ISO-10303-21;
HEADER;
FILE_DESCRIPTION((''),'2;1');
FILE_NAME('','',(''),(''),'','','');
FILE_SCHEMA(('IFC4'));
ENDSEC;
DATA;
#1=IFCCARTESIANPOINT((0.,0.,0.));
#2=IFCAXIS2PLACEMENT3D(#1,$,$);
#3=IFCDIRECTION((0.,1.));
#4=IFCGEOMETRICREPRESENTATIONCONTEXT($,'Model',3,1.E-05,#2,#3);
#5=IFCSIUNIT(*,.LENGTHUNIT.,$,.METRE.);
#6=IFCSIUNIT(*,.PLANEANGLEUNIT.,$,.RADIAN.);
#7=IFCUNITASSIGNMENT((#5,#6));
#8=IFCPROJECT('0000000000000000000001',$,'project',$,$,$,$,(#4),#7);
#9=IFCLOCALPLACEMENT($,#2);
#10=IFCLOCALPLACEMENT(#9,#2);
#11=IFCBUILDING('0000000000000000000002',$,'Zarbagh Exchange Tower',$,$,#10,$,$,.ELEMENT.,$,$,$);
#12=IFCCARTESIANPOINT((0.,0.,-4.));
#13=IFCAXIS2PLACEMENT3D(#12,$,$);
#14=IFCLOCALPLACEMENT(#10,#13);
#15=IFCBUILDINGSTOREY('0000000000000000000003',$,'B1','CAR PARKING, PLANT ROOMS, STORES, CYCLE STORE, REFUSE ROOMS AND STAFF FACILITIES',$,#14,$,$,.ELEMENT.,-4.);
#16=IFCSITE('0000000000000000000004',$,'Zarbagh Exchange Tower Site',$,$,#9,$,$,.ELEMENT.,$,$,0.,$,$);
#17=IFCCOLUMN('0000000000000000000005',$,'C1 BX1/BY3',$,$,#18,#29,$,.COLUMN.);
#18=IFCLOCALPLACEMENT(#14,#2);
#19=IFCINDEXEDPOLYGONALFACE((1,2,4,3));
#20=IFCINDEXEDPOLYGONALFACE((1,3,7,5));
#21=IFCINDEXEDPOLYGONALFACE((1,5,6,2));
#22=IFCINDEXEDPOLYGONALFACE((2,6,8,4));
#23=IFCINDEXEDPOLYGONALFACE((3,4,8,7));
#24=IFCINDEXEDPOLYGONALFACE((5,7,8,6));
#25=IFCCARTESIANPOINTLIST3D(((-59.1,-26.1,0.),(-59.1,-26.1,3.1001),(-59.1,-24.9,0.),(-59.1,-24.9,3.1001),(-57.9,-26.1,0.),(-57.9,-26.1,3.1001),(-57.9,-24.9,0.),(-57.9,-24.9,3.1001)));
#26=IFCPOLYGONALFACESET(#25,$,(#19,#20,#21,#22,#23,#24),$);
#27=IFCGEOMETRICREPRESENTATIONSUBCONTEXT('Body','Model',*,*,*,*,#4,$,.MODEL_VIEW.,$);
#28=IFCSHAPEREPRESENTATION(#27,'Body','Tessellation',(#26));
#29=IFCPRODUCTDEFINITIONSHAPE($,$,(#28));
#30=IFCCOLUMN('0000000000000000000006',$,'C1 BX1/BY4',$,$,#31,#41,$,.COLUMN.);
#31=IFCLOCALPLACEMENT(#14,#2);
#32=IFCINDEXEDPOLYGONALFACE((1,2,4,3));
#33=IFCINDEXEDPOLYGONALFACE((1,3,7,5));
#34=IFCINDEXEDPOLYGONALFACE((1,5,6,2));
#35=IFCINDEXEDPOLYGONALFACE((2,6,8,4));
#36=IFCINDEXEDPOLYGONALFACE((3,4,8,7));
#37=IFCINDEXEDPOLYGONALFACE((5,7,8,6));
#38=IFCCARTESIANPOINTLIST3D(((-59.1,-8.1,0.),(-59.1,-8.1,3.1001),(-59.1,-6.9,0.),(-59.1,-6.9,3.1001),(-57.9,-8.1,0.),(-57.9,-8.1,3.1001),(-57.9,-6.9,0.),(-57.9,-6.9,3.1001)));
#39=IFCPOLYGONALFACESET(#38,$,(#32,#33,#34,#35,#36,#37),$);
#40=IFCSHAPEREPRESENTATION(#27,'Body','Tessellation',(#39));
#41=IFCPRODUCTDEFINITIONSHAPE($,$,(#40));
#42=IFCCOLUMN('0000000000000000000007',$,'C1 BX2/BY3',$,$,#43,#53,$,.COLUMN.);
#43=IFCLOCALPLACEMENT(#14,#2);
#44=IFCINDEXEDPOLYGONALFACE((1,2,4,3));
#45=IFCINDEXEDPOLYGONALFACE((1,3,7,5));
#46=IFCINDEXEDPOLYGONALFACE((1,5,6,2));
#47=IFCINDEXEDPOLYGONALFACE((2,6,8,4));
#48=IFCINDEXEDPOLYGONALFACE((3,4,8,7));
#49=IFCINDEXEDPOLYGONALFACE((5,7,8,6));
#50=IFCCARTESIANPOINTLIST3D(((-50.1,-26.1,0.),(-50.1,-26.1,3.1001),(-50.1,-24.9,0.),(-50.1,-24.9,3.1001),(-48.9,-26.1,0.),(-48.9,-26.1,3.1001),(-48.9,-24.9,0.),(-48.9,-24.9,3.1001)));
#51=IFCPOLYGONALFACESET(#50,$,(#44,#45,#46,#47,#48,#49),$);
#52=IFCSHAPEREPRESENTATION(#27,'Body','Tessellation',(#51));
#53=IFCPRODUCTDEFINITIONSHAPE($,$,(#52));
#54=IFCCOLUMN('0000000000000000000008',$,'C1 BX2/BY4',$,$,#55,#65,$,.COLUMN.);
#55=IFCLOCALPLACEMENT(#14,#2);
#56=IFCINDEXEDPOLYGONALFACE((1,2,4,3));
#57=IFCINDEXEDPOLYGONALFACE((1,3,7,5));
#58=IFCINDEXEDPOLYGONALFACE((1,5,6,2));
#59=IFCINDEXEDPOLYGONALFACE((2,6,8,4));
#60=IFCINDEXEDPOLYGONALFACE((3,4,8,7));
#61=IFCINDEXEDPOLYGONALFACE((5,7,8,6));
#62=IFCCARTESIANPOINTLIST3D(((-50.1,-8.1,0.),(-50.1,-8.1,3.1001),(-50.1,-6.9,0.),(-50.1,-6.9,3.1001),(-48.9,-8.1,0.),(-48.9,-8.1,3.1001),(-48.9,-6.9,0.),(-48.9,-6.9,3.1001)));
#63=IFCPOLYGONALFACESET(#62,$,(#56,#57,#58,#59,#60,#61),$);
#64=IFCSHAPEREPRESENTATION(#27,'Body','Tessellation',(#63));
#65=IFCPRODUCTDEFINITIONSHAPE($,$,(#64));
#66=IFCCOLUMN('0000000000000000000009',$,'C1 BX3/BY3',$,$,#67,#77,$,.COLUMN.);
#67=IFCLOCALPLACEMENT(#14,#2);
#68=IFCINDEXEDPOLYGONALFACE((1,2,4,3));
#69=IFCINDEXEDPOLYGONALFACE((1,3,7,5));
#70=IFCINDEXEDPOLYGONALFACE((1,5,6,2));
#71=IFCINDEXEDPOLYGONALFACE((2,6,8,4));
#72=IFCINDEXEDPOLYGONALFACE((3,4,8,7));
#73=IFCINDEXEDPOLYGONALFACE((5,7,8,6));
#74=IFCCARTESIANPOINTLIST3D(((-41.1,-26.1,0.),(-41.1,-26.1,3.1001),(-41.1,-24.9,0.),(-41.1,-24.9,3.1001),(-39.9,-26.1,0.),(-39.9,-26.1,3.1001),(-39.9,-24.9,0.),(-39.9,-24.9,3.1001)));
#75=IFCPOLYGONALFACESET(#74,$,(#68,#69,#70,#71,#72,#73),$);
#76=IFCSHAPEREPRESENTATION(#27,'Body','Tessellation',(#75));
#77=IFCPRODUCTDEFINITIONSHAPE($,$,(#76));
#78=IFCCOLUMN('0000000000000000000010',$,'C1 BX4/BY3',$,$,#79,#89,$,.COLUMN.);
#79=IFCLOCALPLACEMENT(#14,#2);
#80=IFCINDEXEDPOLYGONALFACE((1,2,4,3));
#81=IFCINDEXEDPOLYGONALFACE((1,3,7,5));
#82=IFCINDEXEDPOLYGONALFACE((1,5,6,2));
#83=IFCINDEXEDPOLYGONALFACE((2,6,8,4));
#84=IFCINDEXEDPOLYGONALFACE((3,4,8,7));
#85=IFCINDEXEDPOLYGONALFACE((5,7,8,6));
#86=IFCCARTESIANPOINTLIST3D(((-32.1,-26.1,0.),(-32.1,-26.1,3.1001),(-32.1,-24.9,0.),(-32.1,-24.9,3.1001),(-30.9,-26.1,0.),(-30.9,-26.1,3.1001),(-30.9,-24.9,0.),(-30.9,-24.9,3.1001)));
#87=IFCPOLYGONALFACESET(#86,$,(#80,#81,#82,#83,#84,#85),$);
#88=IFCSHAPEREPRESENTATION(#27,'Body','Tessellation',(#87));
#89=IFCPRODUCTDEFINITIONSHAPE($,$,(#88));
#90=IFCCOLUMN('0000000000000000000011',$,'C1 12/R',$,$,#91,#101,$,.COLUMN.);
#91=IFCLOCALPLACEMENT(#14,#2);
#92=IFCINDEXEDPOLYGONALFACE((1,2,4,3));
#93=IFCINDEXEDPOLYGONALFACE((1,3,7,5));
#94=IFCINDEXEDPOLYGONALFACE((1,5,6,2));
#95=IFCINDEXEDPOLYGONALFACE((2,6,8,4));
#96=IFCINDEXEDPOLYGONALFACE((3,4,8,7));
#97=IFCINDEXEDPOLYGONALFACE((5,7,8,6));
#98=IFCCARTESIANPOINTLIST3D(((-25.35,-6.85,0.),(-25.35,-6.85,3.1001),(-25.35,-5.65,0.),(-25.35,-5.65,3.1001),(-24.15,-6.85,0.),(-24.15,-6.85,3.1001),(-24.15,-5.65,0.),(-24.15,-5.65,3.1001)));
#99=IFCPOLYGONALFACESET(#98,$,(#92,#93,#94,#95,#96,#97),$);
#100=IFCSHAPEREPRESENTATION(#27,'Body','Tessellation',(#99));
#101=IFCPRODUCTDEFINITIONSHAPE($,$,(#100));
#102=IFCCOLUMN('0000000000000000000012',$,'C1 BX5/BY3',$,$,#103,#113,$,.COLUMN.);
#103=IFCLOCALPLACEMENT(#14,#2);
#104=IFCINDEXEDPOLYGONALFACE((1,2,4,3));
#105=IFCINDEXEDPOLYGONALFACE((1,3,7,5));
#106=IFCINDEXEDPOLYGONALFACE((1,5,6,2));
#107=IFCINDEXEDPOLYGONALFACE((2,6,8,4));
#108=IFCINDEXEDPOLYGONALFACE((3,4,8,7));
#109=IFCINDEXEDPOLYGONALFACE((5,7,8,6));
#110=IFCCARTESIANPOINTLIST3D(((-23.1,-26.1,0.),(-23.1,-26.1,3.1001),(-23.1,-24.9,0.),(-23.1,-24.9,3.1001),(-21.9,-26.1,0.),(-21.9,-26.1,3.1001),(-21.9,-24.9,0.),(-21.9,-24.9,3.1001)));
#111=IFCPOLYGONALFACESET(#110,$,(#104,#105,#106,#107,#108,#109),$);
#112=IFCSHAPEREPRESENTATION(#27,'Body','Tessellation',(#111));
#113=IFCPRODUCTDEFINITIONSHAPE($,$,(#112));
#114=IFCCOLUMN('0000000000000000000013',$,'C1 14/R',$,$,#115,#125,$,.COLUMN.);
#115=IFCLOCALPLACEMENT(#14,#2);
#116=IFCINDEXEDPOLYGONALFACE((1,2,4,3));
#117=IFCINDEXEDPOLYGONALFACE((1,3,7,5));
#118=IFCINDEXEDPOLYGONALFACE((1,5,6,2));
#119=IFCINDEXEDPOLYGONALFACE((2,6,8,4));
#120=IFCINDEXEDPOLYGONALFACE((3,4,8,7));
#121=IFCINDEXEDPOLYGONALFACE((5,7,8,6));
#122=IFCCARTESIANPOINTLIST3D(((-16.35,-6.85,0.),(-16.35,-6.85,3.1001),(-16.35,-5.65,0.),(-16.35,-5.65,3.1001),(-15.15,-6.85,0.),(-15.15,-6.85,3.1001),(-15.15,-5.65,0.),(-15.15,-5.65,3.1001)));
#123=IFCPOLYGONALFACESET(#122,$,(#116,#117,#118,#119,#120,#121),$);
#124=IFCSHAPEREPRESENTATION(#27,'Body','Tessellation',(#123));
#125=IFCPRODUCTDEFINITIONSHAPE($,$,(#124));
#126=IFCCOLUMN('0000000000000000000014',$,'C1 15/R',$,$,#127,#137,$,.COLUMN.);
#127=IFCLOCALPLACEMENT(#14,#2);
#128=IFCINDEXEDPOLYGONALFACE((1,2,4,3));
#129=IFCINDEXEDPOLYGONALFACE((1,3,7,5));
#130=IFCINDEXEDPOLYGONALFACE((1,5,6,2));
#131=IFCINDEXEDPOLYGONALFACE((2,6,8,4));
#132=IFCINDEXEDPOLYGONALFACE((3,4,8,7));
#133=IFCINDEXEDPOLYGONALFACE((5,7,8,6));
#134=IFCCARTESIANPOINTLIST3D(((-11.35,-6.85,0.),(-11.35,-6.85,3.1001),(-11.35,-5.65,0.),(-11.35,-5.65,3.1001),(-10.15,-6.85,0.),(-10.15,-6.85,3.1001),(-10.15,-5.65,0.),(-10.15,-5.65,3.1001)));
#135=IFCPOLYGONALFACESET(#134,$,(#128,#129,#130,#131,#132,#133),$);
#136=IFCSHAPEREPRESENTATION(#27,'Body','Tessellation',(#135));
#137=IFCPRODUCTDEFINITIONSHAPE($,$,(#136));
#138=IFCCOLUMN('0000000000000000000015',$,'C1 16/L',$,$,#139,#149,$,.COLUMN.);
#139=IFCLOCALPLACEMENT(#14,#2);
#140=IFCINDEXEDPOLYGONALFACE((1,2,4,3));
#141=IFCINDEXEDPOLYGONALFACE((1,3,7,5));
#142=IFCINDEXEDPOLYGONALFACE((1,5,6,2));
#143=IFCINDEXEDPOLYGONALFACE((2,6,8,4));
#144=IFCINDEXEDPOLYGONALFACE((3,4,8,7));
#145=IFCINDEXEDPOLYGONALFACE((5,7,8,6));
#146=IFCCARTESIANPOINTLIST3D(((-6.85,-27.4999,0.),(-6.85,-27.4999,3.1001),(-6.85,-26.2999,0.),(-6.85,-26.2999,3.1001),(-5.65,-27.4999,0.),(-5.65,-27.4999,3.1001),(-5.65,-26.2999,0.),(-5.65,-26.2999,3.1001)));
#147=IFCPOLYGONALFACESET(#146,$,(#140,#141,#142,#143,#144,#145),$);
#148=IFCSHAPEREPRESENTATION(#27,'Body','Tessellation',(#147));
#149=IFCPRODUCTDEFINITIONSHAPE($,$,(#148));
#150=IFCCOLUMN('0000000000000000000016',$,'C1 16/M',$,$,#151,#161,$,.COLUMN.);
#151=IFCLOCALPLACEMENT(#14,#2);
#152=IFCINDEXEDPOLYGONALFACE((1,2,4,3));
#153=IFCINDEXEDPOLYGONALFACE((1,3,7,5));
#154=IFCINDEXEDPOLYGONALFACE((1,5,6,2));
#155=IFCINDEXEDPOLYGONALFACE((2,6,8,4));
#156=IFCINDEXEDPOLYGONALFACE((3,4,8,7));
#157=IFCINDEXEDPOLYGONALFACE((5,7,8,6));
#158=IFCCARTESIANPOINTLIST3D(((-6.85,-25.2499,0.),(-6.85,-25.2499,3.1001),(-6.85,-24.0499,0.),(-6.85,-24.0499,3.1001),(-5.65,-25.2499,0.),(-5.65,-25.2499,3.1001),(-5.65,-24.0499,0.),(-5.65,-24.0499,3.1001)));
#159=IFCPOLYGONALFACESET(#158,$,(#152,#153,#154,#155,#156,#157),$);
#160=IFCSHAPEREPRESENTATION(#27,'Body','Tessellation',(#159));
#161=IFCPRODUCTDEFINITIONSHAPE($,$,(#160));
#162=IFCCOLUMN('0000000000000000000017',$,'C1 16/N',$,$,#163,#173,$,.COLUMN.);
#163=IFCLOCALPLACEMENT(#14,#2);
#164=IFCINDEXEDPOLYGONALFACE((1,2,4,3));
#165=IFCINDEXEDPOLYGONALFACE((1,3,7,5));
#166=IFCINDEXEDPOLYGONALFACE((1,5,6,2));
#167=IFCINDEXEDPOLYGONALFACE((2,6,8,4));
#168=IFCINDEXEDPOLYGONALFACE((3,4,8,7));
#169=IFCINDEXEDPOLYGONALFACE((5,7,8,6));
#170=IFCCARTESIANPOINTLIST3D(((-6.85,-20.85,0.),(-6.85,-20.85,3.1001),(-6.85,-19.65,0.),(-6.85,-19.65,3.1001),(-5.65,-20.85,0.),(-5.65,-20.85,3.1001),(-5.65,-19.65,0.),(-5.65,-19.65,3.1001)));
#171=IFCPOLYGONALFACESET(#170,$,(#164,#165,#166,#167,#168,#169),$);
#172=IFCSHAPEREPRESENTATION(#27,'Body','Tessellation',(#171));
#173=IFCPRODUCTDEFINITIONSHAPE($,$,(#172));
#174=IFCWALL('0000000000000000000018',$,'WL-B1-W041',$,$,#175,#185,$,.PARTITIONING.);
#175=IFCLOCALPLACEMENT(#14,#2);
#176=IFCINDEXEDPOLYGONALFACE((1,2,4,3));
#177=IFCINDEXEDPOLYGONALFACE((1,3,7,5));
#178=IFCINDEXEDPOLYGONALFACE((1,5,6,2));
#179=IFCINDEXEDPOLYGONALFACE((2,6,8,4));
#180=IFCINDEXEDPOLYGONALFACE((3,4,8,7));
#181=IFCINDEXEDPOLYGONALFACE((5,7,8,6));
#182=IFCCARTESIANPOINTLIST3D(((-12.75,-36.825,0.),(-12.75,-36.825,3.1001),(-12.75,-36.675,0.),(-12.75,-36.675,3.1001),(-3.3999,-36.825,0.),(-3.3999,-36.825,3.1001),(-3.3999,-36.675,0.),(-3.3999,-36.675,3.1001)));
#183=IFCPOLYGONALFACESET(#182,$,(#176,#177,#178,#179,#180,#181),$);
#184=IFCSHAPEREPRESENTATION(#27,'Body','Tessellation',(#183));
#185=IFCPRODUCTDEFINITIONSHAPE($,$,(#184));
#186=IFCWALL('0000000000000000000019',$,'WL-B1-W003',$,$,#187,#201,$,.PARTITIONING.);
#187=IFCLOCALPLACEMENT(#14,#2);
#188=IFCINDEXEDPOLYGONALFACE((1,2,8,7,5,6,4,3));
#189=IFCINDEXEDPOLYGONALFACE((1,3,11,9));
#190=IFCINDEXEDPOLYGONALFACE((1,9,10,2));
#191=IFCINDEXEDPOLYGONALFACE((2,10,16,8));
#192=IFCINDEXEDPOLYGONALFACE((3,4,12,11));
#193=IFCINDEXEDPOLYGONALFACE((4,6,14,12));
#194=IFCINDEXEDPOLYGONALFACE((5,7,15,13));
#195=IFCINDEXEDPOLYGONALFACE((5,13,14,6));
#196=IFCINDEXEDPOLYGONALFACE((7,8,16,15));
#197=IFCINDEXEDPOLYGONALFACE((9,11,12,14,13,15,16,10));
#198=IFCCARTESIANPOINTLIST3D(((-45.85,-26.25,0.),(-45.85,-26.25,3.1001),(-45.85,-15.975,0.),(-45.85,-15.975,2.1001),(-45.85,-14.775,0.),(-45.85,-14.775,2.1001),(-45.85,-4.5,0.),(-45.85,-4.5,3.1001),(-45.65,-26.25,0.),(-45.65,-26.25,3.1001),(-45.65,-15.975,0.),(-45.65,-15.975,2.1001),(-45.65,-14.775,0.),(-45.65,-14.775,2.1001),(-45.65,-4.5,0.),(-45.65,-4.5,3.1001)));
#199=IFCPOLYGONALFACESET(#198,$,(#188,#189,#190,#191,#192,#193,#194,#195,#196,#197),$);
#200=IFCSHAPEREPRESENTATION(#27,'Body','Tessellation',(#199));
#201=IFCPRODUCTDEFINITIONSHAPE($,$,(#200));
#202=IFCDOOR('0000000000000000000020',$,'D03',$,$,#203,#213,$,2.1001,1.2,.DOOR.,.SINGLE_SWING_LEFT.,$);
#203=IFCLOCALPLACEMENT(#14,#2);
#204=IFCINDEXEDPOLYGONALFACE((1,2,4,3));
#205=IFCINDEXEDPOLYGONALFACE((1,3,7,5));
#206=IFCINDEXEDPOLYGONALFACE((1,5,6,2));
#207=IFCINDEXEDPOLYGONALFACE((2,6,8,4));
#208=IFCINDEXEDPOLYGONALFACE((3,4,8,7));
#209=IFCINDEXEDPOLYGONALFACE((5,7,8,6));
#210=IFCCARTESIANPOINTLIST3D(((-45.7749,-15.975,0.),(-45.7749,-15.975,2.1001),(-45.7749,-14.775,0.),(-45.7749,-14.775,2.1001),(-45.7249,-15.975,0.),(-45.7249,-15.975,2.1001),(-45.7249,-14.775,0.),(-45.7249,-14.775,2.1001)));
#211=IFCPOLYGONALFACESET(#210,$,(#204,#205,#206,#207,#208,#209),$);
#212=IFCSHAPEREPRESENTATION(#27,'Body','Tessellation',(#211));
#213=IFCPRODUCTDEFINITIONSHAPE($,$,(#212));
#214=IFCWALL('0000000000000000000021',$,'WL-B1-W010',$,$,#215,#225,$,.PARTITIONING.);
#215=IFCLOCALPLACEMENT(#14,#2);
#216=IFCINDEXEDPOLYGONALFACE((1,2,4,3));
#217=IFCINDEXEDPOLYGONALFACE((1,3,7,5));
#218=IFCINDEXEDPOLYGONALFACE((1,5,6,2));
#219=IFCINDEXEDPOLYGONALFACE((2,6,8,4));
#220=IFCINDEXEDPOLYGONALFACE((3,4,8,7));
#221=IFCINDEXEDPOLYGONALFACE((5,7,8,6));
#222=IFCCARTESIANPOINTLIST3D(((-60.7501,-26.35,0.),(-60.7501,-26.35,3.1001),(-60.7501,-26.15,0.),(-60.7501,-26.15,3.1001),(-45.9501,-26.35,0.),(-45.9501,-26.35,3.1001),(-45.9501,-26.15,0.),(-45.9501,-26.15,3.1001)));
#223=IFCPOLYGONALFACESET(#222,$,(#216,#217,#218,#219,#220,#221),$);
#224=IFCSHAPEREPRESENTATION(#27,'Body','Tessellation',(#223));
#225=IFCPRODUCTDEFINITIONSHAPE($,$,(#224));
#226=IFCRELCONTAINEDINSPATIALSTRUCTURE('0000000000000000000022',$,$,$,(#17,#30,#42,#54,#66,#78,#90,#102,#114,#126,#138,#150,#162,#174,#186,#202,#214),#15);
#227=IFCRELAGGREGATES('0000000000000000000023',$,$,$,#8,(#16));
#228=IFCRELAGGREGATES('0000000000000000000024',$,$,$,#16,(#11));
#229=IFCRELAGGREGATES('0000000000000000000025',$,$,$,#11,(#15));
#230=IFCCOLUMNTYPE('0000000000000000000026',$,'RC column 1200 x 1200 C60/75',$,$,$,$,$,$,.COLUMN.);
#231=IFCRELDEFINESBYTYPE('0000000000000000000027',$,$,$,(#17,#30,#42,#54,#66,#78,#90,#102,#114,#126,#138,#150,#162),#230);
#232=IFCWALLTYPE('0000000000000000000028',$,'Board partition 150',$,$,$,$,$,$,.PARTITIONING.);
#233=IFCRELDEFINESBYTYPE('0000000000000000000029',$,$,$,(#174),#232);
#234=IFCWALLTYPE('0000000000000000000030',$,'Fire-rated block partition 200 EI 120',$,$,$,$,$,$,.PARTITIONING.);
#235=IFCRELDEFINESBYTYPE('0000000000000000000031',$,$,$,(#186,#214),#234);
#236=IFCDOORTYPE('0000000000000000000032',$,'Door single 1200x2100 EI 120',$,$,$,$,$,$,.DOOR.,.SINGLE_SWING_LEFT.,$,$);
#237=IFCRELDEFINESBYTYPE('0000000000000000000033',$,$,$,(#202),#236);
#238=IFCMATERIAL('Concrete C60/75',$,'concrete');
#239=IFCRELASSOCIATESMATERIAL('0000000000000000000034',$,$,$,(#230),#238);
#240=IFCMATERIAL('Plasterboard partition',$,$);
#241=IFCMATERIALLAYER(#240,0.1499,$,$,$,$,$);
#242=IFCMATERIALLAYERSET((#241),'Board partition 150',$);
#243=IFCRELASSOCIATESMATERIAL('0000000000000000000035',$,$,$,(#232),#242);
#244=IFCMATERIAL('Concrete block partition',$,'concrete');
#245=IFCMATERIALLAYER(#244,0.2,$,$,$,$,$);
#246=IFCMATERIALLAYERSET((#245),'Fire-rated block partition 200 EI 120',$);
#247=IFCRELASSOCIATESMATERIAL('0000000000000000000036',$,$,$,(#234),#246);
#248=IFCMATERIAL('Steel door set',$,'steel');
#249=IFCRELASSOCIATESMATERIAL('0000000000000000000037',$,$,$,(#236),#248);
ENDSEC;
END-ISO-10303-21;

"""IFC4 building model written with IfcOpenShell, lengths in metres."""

from ifc_helpers import new_model, si_unit, direction, frame, frame_2d, origin, origin_2d, place, context, subcontext, project, spatial, rectangle, extrude, material, layer, layer_set, material_profile, profile_set, type_object, element, fill, save


model = new_model("IFC4")

# Units and contexts
model_context = context("Model", 3, precision=1e-05, world=origin(), true_north=direction((0.0, 1.0)))
body_context = subcontext(model_context, "Body", "Model", "MODEL_VIEW")
ifc_project = project(units=[si_unit("LENGTHUNIT", "METRE"), si_unit("PLANEANGLEUNIT", "RADIAN")], contexts=[model_context])

# Site, building, storey
site_placement = place(None, origin())
site = spatial("IfcSite", under=ifc_project, at=site_placement, Name="Zarbagh Exchange Tower Site", CompositionType="ELEMENT", RefElevation=0.0)
building_placement = place(site_placement, origin())
building = spatial("IfcBuilding", under=site, at=building_placement, Name="Zarbagh Exchange Tower", CompositionType="ELEMENT")
storey_placement = place(building_placement, frame((0.0, 0.0, -4.0)))
storey = spatial("IfcBuildingStorey", under=building, at=storey_placement, Name="B1", Description="CAR PARKING, PLANT ROOMS, STORES, CYCLE STORE, REFUSE ROOMS AND STAFF FACILITIES", CompositionType="ELEMENT", Elevation=-4.0)

# Columns
ifc_material_1 = material(Name="Concrete C60/75", Category="concrete")
ifc_material_profile = material_profile(ifc_material_1, rectangle(XDim=1.2, YDim=1.2, at=origin_2d()), Name="RC column 1200 x 1200 C60/75")
ifc_profile_set = profile_set([ifc_material_profile], Name="Concrete C60/75")
column_type = type_object("IfcColumnType", Name="RC column 1200 x 1200 C60/75", PredefinedType="COLUMN", material=ifc_profile_set)
for number, where, z_axis, x_axis, name in (
    (1, (-58.5, -25.5, 0.0), (0.0, 0.0, 1.0), (1.0, 0.0, 0.0), "C1 BX1/BY3"),
    (2, (-58.5, -7.5, 0.0), (0.0, 0.0, 1.0), (1.0, 0.0, 0.0), "C1 BX1/BY4"),
    (3, (-49.5, -25.5, 0.0), (0.0, 0.0, 1.0), (1.0, 0.0, 0.0), "C1 BX2/BY3"),
    (4, (-49.5, -7.5, 0.0), (0.0, 0.0, 1.0), (1.0, 0.0, 0.0), "C1 BX2/BY4"),
    (5, (-40.5, -25.5, 0.0), (0.0, 0.0, 1.0), (1.0, 0.0, 0.0), "C1 BX3/BY3"),
    (6, (-31.5, -25.5, 0.0), (0.0, 0.0, 1.0), (1.0, 0.0, 0.0), "C1 BX4/BY3"),
    (7, (-24.75, -6.25, 0.0), (0.0, 0.0, 1.0), (1.0, 0.0, 0.0), "C1 12/R"),
    (8, (-22.5, -25.5, 0.0), (0.0, 0.0, 1.0), (1.0, 0.0, 0.0), "C1 BX5/BY3"),
    (9, (-15.75, -6.25, 0.0), (0.0, 0.0, 1.0), (1.0, 0.0, 0.0), "C1 14/R"),
    (10, (-10.75, -6.25, 0.0), (0.0, 0.0, 1.0), (1.0, 0.0, 0.0), "C1 15/R"),
    (11, (-6.25, -26.8999, 0.0), (0.0, 0.0, 1.0), (1.0, 0.0, 0.0), "C1 16/L"),
    (12, (-6.25, -24.6499, 0.0), (0.0, 0.0, 1.0), (1.0, 0.0, 0.0), "C1 16/M"),
    (13, (-6.25, -20.25, 0.0), (0.0, 0.0, 1.0), (1.0, 0.0, 0.0), "C1 16/N"),
):
    element("IfcColumn", number, at=place(storey_placement, frame(where, z_axis=z_axis, x_axis=x_axis)), inside=storey, type_object=column_type, Name=name, PredefinedType="COLUMN", context=body_context, shape_type="SweptSolid", body=[
        extrude(rectangle(XDim=1.2, YDim=1.2, at=origin_2d()), origin(), (0.0, 0.0, 1.0), 3.1001),
    ])

# Wall
ifc_material_2 = material(Name="Plasterboard partition")
ifc_layer_1 = layer(ifc_material_2, 0.1499)
ifc_layer_set_1 = layer_set([ifc_layer_1], Name="Board partition 150")
wall_type_1 = type_object("IfcWallType", Name="Board partition 150", PredefinedType="PARTITIONING", material=ifc_layer_set_1)
wall_1_placement = place(storey_placement, frame((-12.75, -36.75, 0.0), z_axis=(0.0, 0.0, 1.0), x_axis=(1.0, 0.0, 0.0)))
element("IfcWall", 14, at=wall_1_placement, inside=storey, type_object=wall_type_1, Name="WL-B1-W041", PredefinedType="PARTITIONING", context=body_context, shape_type="SweptSolid", body=[
    extrude(rectangle(XDim=9.3501, YDim=0.1499, at=frame_2d((4.675, 0.0))), origin(), (0.0, 0.0, 1.0), 3.1001),
])

# Wall, opening, door
ifc_material_3 = material(Name="Concrete block partition", Category="concrete")
ifc_layer_2 = layer(ifc_material_3, 0.2)
ifc_layer_set_2 = layer_set([ifc_layer_2], Name="Fire-rated block partition 200 EI 120")
wall_type_2 = type_object("IfcWallType", Name="Fire-rated block partition 200 EI 120", PredefinedType="PARTITIONING", material=ifc_layer_set_2)
wall_2_placement = place(storey_placement, frame((-45.75, -26.25, 0.0), z_axis=(0.0, 0.0, 1.0), x_axis=(0.0, 1.0, 0.0)))
wall_2 = element("IfcWall", 15, at=wall_2_placement, inside=storey, type_object=wall_type_2, Name="WL-B1-W003", PredefinedType="PARTITIONING", context=body_context, shape_type="SweptSolid", body=[
    extrude(rectangle(XDim=21.75, YDim=0.2, at=frame_2d((10.875, 0.0))), origin(), (0.0, 0.0, 1.0), 3.1001),
])
opening_placement = place(wall_2_placement, frame((10.2749, 0.0, 0.0)))
opening = element("IfcOpeningElement", 16, at=opening_placement, cuts=wall_2, PredefinedType="OPENING", context=body_context, shape_type="SweptSolid", body=[
    extrude(rectangle(XDim=1.2, YDim=2.1001, at=frame_2d((0.6001, 1.05))), frame((0.0, 0.1099, 0.0), z_axis=(0.0, -1.0, 0.0), x_axis=(1.0, 0.0, 0.0)), (0.0, 0.0, 1.0), 0.22),
])
ifc_material_4 = material(Name="Steel door set", Category="steel")
door_type = type_object("IfcDoorType", Name="Door single 1200x2100 EI 120", OperationType="SINGLE_SWING_LEFT", PredefinedType="DOOR", material=ifc_material_4)
door_placement = place(opening_placement, origin())
door = element("IfcDoor", 17, at=door_placement, inside=storey, type_object=door_type, Name="D03", OperationType="SINGLE_SWING_LEFT", OverallHeight=2.1001, OverallWidth=1.2, PredefinedType="DOOR", context=body_context, shape_type="SweptSolid", body=[
    extrude(rectangle(XDim=1.2, YDim=2.1001, at=frame_2d((0.6001, 1.05))), frame((0.0, 0.0249, 0.0), z_axis=(0.0, -1.0, 0.0), x_axis=(1.0, 0.0, 0.0)), (0.0, 0.0, 1.0), 0.05),
])
fill(opening, door)

# Wall
wall_3_placement = place(storey_placement, frame((-60.75, -26.25, 0.0), z_axis=(0.0, 0.0, 1.0), x_axis=(1.0, 0.0, 0.0)))
element("IfcWall", 18, at=wall_3_placement, inside=storey, type_object=wall_type_2, Name="WL-B1-W010", PredefinedType="PARTITIONING", context=body_context, shape_type="SweptSolid", body=[
    extrude(rectangle(XDim=14.8, YDim=0.2, at=frame_2d((7.3999, 0.0))), origin(), (0.0, 0.0, 1.0), 3.1001),
])

save(model, "model.ifc")
